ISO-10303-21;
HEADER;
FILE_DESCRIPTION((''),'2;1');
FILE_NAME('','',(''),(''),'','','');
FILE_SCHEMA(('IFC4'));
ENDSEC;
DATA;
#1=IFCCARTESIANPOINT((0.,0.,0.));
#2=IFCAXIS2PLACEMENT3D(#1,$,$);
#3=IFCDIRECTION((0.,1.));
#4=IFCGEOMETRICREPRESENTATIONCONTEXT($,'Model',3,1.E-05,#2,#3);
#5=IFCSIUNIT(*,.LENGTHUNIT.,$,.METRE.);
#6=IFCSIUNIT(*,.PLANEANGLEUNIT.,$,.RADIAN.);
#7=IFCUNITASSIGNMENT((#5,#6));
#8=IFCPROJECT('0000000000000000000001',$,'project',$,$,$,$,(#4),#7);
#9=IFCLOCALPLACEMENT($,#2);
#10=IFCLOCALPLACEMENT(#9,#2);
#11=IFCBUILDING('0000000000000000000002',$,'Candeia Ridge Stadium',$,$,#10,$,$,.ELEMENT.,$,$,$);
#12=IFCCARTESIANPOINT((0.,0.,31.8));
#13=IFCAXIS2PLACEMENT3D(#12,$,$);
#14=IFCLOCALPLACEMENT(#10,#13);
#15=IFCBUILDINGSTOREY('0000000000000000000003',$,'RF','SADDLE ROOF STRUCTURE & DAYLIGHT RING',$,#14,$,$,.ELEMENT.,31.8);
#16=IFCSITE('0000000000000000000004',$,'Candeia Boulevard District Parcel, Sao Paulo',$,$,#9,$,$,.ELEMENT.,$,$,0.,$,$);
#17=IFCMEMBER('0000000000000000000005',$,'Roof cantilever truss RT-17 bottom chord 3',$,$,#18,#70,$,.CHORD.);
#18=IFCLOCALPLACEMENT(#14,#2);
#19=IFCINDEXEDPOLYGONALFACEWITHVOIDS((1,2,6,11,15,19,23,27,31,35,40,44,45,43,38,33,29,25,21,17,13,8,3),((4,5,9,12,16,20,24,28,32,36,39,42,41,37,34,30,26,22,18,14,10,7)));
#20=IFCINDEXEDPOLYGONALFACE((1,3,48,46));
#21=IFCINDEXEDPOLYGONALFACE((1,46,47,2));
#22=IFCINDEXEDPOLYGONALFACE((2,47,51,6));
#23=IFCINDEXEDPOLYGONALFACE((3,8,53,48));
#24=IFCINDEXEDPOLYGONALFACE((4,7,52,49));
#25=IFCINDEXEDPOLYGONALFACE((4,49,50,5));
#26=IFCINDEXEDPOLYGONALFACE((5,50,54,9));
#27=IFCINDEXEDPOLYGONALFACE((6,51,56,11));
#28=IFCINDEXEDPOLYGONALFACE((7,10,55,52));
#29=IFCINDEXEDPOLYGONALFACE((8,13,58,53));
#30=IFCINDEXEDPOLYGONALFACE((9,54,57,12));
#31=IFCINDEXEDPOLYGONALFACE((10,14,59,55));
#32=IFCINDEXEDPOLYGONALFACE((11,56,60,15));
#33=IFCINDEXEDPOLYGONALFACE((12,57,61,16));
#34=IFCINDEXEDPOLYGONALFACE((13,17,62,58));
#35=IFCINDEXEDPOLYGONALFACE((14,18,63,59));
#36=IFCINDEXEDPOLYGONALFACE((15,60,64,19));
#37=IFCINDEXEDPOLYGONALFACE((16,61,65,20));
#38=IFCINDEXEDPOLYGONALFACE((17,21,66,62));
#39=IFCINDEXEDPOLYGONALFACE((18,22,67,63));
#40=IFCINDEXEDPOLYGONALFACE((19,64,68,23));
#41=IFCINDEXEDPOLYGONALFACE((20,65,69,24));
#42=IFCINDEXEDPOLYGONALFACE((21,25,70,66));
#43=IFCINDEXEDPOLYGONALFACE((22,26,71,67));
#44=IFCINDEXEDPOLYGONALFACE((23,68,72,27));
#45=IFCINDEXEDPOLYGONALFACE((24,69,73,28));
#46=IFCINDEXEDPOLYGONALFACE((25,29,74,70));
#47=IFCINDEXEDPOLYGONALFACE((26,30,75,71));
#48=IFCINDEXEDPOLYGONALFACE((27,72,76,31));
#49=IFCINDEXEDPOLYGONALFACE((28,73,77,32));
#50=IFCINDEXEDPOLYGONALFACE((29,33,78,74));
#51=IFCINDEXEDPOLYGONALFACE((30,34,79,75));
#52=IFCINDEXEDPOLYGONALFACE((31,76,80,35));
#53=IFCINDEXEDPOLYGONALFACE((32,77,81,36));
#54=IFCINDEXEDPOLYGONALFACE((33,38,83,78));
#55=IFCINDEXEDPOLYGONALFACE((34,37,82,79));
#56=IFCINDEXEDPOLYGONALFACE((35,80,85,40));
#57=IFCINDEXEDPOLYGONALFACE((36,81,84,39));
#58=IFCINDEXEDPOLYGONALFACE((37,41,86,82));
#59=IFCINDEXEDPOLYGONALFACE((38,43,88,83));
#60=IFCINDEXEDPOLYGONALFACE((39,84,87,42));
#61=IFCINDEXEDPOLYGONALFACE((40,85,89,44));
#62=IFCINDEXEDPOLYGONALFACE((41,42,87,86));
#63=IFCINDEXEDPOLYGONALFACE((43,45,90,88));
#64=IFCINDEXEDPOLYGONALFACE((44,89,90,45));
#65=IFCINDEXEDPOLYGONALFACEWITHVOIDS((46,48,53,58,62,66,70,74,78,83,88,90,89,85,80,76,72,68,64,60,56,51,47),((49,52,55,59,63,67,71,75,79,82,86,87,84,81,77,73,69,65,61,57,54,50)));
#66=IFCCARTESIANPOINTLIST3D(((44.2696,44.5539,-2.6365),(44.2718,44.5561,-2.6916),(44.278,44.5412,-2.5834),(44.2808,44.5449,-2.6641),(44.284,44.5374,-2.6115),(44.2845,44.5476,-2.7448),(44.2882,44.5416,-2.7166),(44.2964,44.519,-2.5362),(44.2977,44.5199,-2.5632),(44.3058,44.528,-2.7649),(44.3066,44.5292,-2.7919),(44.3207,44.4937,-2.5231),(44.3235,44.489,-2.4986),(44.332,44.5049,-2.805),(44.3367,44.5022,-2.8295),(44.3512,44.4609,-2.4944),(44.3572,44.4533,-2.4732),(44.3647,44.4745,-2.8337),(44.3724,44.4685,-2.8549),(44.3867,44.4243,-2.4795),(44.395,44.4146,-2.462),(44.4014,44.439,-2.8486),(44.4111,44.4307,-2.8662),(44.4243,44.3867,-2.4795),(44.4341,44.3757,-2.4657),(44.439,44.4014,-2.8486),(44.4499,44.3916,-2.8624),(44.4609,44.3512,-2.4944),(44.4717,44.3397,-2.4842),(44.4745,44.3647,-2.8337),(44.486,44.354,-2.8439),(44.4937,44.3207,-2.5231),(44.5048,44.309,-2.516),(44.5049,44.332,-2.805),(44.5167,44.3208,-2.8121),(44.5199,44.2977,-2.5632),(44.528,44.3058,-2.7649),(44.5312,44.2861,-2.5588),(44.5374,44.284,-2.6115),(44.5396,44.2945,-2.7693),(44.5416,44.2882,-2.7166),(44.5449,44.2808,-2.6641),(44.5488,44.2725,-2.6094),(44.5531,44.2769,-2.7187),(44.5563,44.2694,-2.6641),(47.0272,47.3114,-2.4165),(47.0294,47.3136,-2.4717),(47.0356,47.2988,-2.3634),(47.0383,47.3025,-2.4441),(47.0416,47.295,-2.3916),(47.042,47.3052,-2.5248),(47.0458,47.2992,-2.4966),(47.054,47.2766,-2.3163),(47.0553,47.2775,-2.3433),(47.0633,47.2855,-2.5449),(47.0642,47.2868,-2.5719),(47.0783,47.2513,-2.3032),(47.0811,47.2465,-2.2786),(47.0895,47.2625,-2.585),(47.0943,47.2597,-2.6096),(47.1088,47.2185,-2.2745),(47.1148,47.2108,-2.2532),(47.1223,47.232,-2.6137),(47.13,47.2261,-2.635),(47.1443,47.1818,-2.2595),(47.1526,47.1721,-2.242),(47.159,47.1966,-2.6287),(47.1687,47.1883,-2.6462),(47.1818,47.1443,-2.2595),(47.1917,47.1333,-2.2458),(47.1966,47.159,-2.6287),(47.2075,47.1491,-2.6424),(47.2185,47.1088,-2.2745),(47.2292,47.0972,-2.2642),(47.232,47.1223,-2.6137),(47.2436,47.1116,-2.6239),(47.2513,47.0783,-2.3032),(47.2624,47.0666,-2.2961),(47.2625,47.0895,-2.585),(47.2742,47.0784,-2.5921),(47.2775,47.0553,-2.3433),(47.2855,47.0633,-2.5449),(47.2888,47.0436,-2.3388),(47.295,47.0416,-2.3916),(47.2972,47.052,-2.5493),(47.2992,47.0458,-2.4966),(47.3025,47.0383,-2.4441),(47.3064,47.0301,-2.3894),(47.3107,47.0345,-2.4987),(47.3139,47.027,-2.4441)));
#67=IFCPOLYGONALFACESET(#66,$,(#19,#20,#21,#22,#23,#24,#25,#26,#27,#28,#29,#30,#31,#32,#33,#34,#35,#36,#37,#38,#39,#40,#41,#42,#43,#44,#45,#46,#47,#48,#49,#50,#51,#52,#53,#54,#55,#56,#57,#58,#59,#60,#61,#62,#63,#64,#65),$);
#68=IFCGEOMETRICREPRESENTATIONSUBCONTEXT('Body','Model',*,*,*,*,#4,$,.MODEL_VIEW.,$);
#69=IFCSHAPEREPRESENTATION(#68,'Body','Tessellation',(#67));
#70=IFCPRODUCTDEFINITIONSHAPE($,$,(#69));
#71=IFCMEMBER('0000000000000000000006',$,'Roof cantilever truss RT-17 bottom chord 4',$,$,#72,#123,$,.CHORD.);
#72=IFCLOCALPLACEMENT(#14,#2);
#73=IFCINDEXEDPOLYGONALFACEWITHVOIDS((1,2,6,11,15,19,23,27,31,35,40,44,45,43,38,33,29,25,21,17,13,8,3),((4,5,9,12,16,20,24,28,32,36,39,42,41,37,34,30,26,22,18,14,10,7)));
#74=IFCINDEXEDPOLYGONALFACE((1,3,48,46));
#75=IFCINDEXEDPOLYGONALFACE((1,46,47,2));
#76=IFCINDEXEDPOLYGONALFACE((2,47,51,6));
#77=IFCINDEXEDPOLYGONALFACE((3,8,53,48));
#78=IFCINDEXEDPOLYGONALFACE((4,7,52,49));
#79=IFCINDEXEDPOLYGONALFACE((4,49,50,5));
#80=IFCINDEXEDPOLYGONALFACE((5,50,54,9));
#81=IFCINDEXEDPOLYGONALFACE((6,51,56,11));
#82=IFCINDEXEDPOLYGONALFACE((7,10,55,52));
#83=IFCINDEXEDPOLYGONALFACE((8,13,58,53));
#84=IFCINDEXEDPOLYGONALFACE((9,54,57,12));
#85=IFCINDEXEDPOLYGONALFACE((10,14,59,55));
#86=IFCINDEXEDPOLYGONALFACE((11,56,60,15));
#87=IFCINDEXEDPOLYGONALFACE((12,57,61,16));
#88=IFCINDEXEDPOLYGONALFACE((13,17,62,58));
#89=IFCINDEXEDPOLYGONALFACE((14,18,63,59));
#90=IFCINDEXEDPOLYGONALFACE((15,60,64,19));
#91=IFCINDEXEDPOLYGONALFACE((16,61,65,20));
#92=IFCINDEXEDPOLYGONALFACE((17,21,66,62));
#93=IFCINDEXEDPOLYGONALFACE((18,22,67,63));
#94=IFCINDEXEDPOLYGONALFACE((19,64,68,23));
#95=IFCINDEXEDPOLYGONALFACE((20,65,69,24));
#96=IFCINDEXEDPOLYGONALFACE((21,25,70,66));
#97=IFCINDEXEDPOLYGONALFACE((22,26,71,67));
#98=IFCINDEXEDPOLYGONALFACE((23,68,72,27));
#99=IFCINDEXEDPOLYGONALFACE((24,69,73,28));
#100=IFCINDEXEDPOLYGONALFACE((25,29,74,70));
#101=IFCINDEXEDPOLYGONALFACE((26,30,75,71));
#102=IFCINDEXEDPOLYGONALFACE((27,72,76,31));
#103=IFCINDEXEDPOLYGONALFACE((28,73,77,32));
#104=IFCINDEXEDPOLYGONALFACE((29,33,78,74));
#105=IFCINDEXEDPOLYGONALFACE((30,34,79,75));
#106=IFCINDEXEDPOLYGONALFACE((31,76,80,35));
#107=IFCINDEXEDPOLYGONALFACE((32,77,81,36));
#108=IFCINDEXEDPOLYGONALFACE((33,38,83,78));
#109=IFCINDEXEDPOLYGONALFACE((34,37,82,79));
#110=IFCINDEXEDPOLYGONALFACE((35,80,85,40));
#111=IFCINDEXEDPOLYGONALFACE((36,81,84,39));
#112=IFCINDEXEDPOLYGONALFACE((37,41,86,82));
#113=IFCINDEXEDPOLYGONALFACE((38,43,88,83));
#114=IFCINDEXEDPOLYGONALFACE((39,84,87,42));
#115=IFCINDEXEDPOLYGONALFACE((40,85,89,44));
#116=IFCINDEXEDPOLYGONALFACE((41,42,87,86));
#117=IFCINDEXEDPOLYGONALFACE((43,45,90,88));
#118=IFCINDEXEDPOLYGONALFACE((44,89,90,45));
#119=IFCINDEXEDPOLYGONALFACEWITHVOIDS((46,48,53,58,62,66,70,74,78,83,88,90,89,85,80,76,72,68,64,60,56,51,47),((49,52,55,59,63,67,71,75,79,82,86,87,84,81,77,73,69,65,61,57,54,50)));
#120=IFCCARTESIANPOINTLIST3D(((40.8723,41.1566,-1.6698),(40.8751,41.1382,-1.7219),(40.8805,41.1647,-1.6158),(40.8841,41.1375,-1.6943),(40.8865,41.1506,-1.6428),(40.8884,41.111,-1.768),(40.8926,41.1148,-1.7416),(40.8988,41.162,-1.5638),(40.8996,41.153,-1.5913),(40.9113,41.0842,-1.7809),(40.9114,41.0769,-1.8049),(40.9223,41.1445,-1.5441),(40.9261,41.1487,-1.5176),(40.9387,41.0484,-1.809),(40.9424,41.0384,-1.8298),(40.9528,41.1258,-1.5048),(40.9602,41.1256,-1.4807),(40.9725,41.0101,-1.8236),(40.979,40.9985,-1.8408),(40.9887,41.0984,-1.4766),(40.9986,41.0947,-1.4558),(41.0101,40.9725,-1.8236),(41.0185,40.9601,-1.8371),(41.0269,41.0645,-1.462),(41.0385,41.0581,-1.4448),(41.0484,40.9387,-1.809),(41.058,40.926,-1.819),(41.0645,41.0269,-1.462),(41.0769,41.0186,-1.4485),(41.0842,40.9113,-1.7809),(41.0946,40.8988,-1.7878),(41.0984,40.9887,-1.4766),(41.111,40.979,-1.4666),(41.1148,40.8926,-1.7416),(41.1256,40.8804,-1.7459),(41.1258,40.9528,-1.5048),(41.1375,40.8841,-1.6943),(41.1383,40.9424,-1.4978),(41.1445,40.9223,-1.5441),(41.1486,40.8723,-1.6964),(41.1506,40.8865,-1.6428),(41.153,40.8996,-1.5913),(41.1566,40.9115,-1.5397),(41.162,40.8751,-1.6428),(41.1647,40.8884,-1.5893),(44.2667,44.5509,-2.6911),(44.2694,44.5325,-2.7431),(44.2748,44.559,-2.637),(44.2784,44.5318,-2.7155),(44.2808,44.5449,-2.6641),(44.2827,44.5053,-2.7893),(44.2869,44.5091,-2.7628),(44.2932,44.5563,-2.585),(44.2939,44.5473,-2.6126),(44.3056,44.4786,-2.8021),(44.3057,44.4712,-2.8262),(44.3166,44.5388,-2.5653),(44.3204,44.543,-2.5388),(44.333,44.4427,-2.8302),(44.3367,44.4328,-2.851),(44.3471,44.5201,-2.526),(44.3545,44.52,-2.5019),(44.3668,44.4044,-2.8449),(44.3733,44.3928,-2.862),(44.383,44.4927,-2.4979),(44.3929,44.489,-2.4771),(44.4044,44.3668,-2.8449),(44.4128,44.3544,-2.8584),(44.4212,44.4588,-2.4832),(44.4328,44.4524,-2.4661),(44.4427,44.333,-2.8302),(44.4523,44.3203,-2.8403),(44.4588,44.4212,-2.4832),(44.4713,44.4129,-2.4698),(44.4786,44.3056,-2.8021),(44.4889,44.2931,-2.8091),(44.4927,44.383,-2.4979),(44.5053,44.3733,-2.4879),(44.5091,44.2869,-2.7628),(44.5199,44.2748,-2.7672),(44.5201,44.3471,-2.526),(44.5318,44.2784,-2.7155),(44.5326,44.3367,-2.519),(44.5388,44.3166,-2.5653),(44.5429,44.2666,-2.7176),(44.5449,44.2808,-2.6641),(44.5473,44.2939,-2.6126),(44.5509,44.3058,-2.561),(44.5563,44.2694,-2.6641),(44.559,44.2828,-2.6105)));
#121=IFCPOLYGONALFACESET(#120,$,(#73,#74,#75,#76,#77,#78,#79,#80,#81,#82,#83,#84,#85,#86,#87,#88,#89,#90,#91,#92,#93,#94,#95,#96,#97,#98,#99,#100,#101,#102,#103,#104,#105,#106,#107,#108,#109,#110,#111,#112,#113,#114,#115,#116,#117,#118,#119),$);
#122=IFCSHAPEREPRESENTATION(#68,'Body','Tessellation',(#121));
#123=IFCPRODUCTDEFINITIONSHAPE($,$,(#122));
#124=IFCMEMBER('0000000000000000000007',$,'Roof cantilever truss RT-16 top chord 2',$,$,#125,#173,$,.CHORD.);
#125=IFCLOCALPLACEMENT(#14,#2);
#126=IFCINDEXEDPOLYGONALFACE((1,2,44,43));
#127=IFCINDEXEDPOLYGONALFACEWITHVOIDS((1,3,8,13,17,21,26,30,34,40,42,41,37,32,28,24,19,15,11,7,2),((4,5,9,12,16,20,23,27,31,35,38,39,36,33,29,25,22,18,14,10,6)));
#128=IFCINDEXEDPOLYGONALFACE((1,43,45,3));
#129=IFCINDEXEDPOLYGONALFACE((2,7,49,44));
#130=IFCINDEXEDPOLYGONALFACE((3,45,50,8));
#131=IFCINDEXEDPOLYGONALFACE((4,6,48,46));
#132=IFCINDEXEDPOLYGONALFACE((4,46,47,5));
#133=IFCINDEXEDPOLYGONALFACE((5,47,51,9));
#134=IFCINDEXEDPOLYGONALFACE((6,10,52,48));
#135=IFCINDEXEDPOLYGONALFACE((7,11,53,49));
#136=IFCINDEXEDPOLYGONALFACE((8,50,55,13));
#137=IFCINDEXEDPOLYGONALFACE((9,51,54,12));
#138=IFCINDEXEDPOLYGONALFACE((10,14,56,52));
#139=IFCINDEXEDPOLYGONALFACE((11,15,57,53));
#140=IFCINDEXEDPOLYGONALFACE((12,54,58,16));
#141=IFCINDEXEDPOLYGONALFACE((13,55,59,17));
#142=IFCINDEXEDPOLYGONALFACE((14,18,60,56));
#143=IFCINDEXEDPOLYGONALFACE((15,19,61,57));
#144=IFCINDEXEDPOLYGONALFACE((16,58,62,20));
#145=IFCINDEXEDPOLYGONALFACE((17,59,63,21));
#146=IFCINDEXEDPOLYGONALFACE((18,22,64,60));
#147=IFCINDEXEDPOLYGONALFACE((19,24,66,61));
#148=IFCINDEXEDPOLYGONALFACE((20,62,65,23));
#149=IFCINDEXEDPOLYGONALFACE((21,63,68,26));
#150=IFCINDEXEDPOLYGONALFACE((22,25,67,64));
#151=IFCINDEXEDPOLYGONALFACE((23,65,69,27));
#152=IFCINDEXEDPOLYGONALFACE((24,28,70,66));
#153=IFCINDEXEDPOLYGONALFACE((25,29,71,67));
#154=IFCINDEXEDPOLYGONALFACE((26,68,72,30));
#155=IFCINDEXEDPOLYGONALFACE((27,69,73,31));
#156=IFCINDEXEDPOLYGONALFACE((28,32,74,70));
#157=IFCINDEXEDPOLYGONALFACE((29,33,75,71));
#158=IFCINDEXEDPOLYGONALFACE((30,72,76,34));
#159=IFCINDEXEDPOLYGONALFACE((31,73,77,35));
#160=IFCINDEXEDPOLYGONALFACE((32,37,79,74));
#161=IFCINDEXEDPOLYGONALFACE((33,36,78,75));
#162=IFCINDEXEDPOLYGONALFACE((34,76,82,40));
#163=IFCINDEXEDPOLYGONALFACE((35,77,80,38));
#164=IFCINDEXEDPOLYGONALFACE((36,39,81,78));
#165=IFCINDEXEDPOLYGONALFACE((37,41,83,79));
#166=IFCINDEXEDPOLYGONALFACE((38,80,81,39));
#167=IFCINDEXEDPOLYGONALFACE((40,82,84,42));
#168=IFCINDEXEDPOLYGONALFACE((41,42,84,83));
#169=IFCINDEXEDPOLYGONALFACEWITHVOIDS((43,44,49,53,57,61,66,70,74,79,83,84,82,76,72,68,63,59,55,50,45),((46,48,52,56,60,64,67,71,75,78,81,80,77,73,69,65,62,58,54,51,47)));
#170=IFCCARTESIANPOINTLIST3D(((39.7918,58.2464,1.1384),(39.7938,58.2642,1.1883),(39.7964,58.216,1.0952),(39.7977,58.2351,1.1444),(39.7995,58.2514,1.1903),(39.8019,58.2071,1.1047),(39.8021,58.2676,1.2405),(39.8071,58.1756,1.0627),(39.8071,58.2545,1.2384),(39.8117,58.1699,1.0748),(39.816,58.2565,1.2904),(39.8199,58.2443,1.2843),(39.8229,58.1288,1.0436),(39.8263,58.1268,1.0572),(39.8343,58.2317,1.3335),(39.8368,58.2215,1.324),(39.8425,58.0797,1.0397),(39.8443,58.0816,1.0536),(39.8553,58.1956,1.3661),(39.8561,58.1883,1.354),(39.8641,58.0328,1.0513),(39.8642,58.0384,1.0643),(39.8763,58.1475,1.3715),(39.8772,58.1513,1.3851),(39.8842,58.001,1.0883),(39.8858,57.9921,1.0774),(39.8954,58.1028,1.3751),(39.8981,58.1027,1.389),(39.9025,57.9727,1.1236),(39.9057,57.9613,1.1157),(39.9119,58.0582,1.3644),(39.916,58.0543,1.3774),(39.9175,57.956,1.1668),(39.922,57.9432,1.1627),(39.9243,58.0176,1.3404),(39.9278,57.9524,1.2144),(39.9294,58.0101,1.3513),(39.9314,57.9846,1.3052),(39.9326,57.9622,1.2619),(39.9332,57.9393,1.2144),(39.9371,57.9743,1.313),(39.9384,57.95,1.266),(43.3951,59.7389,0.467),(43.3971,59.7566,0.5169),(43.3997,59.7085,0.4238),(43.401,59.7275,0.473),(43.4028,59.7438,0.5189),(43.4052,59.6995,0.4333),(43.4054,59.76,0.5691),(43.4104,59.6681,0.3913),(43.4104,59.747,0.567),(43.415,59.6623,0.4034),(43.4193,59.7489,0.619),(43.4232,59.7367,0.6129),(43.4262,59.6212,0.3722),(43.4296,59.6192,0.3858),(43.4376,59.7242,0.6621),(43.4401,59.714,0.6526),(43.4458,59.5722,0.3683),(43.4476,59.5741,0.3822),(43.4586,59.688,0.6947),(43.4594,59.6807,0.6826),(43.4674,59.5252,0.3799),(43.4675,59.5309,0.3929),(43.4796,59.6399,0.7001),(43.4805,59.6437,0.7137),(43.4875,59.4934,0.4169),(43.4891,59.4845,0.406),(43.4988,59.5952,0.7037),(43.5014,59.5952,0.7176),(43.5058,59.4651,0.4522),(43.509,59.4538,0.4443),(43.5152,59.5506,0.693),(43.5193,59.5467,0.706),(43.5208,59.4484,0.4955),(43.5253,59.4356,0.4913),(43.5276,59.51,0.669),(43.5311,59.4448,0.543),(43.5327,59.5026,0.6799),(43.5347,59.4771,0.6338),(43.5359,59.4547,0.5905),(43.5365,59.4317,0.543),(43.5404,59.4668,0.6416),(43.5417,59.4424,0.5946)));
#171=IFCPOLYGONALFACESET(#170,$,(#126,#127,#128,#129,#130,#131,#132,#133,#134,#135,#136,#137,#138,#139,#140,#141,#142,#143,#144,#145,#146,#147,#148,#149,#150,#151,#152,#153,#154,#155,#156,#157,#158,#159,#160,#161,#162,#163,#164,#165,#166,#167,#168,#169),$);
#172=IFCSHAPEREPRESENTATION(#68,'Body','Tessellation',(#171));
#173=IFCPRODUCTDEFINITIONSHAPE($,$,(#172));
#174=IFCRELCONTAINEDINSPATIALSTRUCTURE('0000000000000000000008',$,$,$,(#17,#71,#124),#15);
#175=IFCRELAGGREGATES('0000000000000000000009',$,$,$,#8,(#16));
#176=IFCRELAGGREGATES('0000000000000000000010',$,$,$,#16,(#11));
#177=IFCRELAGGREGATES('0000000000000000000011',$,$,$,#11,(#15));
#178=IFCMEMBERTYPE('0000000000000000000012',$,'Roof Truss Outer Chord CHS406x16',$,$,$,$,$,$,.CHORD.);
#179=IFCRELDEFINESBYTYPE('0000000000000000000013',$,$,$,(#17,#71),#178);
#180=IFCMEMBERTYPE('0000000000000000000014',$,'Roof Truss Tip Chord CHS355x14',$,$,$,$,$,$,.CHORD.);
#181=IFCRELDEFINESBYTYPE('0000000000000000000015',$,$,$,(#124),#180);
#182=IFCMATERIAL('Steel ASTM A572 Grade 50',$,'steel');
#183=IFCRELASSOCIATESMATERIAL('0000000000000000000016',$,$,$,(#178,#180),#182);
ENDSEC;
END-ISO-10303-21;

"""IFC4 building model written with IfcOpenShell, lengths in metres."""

from ifc_helpers import new_model, si_unit, direction, frame, origin, origin_2d, place, context, subcontext, project, spatial, hollow_circle, extrude, material, material_profile, profile_set, type_object, element, save


model = new_model("IFC4")

# Units and contexts
model_context = context("Model", 3, precision=1e-05, world=origin(), true_north=direction((0.0, 1.0)))
body_context = subcontext(model_context, "Body", "Model", "MODEL_VIEW")
ifc_project = project(units=[si_unit("LENGTHUNIT", "METRE"), si_unit("PLANEANGLEUNIT", "RADIAN")], contexts=[model_context])

# Site, building, storey
site_placement = place(None, origin())
site = spatial("IfcSite", under=ifc_project, at=site_placement, Name="Candeia Boulevard District Parcel, Sao Paulo", CompositionType="ELEMENT", RefElevation=0.0)
building_placement = place(site_placement, origin())
building = spatial("IfcBuilding", under=site, at=building_placement, Name="Candeia Ridge Stadium", CompositionType="ELEMENT")
storey_placement = place(building_placement, frame((0.0, 0.0, 31.8)))
storey = spatial("IfcBuildingStorey", under=building, at=storey_placement, Name="RF", Description="SADDLE ROOF STRUCTURE & DAYLIGHT RING", CompositionType="ELEMENT", Elevation=31.8)

# Shared definitions
ifc_material_1 = material(Name="Steel ASTM A572 Grade 50", Category="steel")

# Members
ifc_material_profile_1 = material_profile(ifc_material_1, hollow_circle(Radius=0.2029, WallThickness=0.0161, at=origin_2d()), Name="CHS406x16", Category="steel")
ifc_profile_set_1 = profile_set([ifc_material_profile_1], Name="Steel ASTM A572 Grade 50")
member_type_1 = type_object("IfcMemberType", Name="Roof Truss Outer Chord CHS406x16", PredefinedType="CHORD", material=ifc_profile_set_1)
for number, where, z_axis, x_axis, name in (
    (1, (47.1704, 47.1704, -2.4441), (-0.705985, -0.705985, -0.056316), (0.707107, -0.707107, 0.0), "Roof cantilever truss RT-17 bottom chord 3"),
):
    element("IfcMember", number, at=place(storey_placement, frame(where, z_axis=z_axis, x_axis=x_axis)), inside=storey, type_object=member_type_1, Name=name, PredefinedType="CHORD", context=body_context, shape_type="SweptSolid", body=[
        extrude(hollow_circle(Radius=0.2029, WallThickness=0.0161, at=origin_2d()), origin(), (0.0, 0.0, 1.0), 3.906),
    ])
member_1_placement = place(storey_placement, frame((44.4128, 44.4128, -2.6641), z_axis=(-0.691628, -0.691628, 0.20809), x_axis=(0.707107, -0.707107, 0.0)))
element("IfcMember", 2, at=member_1_placement, inside=storey, type_object=member_type_1, Name="Roof cantilever truss RT-17 bottom chord 4", PredefinedType="CHORD", context=body_context, shape_type="SweptSolid", body=[
    extrude(hollow_circle(Radius=0.2029, WallThickness=0.0161, at=origin_2d()), origin(), (0.0, 0.0, 1.0), 4.9077),
])
ifc_material_profile_2 = material_profile(ifc_material_1, hollow_circle(Radius=0.1777, WallThickness=0.0142, at=origin_2d()), Name="CHS355x14", Category="steel")
ifc_profile_set_2 = profile_set([ifc_material_profile_2], Name="Steel ASTM A572 Grade 50")
member_type_2 = type_object("IfcMemberType", Name="Roof Truss Tip Chord CHS355x14", PredefinedType="CHORD", material=ifc_profile_set_2)
member_2_placement = place(storey_placement, frame((43.4685, 59.5959, 0.543), z_axis=(-0.910496, -0.377116, 0.16965), x_axis=(0.382663, -0.923888, 0.0)))
element("IfcMember", 3, at=member_2_placement, inside=storey, type_object=member_type_2, Name="Roof cantilever truss RT-16 top chord 2", PredefinedType="CHORD", context=body_context, shape_type="SweptSolid", body=[
    extrude(hollow_circle(Radius=0.1777, WallThickness=0.0142, at=origin_2d()), origin(), (0.0, 0.0, 1.0), 3.9575),
])

save(model, "model.ifc")
